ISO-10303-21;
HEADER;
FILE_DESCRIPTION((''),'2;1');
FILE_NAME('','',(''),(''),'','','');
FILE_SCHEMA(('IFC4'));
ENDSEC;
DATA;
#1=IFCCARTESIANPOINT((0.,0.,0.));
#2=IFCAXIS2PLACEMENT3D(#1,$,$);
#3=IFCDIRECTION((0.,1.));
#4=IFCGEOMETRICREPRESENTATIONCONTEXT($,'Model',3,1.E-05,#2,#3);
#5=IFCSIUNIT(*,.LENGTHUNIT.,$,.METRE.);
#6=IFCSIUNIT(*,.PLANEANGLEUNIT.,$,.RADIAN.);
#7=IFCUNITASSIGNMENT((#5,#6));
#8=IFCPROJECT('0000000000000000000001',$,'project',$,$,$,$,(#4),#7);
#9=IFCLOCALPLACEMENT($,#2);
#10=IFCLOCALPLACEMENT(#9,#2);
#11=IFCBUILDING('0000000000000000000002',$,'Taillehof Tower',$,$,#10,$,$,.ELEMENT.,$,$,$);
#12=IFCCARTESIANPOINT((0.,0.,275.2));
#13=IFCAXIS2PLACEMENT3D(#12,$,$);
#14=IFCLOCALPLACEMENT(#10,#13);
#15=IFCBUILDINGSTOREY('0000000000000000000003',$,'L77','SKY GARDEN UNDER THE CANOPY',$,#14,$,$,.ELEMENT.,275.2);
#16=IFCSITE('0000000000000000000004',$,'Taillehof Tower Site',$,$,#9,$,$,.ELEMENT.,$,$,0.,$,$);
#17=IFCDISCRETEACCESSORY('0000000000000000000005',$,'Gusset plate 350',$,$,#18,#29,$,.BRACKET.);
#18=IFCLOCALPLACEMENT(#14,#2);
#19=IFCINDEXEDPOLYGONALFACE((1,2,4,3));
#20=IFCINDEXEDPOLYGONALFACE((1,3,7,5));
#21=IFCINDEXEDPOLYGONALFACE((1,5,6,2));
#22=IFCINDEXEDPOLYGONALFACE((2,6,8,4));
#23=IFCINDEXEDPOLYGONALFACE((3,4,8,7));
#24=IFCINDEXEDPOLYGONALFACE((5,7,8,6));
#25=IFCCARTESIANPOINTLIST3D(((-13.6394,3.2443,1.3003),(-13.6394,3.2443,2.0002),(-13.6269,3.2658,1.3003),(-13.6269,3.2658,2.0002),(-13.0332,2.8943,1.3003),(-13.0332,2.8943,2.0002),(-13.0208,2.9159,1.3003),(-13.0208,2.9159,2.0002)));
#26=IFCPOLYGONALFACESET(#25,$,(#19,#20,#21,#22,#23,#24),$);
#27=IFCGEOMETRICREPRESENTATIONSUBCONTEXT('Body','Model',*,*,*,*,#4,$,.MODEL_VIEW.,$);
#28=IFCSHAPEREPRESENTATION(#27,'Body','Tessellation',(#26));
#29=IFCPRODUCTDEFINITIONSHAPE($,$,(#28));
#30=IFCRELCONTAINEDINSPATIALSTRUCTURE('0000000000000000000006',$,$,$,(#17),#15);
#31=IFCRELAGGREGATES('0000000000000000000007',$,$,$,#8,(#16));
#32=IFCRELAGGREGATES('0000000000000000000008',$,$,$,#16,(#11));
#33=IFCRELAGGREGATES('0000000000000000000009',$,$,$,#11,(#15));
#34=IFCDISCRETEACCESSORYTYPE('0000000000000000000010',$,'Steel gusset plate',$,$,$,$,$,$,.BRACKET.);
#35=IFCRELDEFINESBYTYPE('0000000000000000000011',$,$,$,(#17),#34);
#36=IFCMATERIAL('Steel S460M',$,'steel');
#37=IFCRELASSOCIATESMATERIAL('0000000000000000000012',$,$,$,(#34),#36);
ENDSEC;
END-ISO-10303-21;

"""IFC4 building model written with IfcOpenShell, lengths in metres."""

from ifc_helpers import new_model, si_unit, direction, frame, origin, origin_2d, place, context, subcontext, project, spatial, rectangle, extrude, material, type_object, element, save


model = new_model("IFC4")

# Units and contexts
model_context = context("Model", 3, precision=1e-05, world=origin(), true_north=direction((0.0, 1.0)))
body_context = subcontext(model_context, "Body", "Model", "MODEL_VIEW")
ifc_project = project(units=[si_unit("LENGTHUNIT", "METRE"), si_unit("PLANEANGLEUNIT", "RADIAN")], contexts=[model_context])

# Site, building, storey
site_placement = place(None, origin())
site = spatial("IfcSite", under=ifc_project, at=site_placement, Name="Taillehof Tower Site", CompositionType="ELEMENT", RefElevation=0.0)
building_placement = place(site_placement, origin())
building = spatial("IfcBuilding", under=site, at=building_placement, Name="Taillehof Tower", CompositionType="ELEMENT")
storey_placement = place(building_placement, frame((0.0, 0.0, 275.2)))
storey = spatial("IfcBuildingStorey", under=building, at=storey_placement, Name="L77", Description="SKY GARDEN UNDER THE CANOPY", CompositionType="ELEMENT", Elevation=275.2)

# Discrete accessory
ifc_material_1 = material(Name="Steel S460M", Category="steel")
discrete_accessory_type = type_object("IfcDiscreteAccessoryType", Name="Steel gusset plate", PredefinedType="BRACKET", material=ifc_material_1)
discrete_accessory_placement = place(storey_placement, frame((-13.3301, 3.0801, 1.3003), z_axis=(0.0, 0.0, 1.0), x_axis=(0.866025, -0.5, 0.0)))
element("IfcDiscreteAccessory", 1, at=discrete_accessory_placement, inside=storey, type_object=discrete_accessory_type, Name="Gusset plate 350", PredefinedType="BRACKET", context=body_context, shape_type="SweptSolid", body=[
    extrude(rectangle(XDim=0.7, YDim=0.0249, at=origin_2d()), origin(), (0.0, 0.0, 1.0), 0.7),
])

save(model, "model.ifc")
